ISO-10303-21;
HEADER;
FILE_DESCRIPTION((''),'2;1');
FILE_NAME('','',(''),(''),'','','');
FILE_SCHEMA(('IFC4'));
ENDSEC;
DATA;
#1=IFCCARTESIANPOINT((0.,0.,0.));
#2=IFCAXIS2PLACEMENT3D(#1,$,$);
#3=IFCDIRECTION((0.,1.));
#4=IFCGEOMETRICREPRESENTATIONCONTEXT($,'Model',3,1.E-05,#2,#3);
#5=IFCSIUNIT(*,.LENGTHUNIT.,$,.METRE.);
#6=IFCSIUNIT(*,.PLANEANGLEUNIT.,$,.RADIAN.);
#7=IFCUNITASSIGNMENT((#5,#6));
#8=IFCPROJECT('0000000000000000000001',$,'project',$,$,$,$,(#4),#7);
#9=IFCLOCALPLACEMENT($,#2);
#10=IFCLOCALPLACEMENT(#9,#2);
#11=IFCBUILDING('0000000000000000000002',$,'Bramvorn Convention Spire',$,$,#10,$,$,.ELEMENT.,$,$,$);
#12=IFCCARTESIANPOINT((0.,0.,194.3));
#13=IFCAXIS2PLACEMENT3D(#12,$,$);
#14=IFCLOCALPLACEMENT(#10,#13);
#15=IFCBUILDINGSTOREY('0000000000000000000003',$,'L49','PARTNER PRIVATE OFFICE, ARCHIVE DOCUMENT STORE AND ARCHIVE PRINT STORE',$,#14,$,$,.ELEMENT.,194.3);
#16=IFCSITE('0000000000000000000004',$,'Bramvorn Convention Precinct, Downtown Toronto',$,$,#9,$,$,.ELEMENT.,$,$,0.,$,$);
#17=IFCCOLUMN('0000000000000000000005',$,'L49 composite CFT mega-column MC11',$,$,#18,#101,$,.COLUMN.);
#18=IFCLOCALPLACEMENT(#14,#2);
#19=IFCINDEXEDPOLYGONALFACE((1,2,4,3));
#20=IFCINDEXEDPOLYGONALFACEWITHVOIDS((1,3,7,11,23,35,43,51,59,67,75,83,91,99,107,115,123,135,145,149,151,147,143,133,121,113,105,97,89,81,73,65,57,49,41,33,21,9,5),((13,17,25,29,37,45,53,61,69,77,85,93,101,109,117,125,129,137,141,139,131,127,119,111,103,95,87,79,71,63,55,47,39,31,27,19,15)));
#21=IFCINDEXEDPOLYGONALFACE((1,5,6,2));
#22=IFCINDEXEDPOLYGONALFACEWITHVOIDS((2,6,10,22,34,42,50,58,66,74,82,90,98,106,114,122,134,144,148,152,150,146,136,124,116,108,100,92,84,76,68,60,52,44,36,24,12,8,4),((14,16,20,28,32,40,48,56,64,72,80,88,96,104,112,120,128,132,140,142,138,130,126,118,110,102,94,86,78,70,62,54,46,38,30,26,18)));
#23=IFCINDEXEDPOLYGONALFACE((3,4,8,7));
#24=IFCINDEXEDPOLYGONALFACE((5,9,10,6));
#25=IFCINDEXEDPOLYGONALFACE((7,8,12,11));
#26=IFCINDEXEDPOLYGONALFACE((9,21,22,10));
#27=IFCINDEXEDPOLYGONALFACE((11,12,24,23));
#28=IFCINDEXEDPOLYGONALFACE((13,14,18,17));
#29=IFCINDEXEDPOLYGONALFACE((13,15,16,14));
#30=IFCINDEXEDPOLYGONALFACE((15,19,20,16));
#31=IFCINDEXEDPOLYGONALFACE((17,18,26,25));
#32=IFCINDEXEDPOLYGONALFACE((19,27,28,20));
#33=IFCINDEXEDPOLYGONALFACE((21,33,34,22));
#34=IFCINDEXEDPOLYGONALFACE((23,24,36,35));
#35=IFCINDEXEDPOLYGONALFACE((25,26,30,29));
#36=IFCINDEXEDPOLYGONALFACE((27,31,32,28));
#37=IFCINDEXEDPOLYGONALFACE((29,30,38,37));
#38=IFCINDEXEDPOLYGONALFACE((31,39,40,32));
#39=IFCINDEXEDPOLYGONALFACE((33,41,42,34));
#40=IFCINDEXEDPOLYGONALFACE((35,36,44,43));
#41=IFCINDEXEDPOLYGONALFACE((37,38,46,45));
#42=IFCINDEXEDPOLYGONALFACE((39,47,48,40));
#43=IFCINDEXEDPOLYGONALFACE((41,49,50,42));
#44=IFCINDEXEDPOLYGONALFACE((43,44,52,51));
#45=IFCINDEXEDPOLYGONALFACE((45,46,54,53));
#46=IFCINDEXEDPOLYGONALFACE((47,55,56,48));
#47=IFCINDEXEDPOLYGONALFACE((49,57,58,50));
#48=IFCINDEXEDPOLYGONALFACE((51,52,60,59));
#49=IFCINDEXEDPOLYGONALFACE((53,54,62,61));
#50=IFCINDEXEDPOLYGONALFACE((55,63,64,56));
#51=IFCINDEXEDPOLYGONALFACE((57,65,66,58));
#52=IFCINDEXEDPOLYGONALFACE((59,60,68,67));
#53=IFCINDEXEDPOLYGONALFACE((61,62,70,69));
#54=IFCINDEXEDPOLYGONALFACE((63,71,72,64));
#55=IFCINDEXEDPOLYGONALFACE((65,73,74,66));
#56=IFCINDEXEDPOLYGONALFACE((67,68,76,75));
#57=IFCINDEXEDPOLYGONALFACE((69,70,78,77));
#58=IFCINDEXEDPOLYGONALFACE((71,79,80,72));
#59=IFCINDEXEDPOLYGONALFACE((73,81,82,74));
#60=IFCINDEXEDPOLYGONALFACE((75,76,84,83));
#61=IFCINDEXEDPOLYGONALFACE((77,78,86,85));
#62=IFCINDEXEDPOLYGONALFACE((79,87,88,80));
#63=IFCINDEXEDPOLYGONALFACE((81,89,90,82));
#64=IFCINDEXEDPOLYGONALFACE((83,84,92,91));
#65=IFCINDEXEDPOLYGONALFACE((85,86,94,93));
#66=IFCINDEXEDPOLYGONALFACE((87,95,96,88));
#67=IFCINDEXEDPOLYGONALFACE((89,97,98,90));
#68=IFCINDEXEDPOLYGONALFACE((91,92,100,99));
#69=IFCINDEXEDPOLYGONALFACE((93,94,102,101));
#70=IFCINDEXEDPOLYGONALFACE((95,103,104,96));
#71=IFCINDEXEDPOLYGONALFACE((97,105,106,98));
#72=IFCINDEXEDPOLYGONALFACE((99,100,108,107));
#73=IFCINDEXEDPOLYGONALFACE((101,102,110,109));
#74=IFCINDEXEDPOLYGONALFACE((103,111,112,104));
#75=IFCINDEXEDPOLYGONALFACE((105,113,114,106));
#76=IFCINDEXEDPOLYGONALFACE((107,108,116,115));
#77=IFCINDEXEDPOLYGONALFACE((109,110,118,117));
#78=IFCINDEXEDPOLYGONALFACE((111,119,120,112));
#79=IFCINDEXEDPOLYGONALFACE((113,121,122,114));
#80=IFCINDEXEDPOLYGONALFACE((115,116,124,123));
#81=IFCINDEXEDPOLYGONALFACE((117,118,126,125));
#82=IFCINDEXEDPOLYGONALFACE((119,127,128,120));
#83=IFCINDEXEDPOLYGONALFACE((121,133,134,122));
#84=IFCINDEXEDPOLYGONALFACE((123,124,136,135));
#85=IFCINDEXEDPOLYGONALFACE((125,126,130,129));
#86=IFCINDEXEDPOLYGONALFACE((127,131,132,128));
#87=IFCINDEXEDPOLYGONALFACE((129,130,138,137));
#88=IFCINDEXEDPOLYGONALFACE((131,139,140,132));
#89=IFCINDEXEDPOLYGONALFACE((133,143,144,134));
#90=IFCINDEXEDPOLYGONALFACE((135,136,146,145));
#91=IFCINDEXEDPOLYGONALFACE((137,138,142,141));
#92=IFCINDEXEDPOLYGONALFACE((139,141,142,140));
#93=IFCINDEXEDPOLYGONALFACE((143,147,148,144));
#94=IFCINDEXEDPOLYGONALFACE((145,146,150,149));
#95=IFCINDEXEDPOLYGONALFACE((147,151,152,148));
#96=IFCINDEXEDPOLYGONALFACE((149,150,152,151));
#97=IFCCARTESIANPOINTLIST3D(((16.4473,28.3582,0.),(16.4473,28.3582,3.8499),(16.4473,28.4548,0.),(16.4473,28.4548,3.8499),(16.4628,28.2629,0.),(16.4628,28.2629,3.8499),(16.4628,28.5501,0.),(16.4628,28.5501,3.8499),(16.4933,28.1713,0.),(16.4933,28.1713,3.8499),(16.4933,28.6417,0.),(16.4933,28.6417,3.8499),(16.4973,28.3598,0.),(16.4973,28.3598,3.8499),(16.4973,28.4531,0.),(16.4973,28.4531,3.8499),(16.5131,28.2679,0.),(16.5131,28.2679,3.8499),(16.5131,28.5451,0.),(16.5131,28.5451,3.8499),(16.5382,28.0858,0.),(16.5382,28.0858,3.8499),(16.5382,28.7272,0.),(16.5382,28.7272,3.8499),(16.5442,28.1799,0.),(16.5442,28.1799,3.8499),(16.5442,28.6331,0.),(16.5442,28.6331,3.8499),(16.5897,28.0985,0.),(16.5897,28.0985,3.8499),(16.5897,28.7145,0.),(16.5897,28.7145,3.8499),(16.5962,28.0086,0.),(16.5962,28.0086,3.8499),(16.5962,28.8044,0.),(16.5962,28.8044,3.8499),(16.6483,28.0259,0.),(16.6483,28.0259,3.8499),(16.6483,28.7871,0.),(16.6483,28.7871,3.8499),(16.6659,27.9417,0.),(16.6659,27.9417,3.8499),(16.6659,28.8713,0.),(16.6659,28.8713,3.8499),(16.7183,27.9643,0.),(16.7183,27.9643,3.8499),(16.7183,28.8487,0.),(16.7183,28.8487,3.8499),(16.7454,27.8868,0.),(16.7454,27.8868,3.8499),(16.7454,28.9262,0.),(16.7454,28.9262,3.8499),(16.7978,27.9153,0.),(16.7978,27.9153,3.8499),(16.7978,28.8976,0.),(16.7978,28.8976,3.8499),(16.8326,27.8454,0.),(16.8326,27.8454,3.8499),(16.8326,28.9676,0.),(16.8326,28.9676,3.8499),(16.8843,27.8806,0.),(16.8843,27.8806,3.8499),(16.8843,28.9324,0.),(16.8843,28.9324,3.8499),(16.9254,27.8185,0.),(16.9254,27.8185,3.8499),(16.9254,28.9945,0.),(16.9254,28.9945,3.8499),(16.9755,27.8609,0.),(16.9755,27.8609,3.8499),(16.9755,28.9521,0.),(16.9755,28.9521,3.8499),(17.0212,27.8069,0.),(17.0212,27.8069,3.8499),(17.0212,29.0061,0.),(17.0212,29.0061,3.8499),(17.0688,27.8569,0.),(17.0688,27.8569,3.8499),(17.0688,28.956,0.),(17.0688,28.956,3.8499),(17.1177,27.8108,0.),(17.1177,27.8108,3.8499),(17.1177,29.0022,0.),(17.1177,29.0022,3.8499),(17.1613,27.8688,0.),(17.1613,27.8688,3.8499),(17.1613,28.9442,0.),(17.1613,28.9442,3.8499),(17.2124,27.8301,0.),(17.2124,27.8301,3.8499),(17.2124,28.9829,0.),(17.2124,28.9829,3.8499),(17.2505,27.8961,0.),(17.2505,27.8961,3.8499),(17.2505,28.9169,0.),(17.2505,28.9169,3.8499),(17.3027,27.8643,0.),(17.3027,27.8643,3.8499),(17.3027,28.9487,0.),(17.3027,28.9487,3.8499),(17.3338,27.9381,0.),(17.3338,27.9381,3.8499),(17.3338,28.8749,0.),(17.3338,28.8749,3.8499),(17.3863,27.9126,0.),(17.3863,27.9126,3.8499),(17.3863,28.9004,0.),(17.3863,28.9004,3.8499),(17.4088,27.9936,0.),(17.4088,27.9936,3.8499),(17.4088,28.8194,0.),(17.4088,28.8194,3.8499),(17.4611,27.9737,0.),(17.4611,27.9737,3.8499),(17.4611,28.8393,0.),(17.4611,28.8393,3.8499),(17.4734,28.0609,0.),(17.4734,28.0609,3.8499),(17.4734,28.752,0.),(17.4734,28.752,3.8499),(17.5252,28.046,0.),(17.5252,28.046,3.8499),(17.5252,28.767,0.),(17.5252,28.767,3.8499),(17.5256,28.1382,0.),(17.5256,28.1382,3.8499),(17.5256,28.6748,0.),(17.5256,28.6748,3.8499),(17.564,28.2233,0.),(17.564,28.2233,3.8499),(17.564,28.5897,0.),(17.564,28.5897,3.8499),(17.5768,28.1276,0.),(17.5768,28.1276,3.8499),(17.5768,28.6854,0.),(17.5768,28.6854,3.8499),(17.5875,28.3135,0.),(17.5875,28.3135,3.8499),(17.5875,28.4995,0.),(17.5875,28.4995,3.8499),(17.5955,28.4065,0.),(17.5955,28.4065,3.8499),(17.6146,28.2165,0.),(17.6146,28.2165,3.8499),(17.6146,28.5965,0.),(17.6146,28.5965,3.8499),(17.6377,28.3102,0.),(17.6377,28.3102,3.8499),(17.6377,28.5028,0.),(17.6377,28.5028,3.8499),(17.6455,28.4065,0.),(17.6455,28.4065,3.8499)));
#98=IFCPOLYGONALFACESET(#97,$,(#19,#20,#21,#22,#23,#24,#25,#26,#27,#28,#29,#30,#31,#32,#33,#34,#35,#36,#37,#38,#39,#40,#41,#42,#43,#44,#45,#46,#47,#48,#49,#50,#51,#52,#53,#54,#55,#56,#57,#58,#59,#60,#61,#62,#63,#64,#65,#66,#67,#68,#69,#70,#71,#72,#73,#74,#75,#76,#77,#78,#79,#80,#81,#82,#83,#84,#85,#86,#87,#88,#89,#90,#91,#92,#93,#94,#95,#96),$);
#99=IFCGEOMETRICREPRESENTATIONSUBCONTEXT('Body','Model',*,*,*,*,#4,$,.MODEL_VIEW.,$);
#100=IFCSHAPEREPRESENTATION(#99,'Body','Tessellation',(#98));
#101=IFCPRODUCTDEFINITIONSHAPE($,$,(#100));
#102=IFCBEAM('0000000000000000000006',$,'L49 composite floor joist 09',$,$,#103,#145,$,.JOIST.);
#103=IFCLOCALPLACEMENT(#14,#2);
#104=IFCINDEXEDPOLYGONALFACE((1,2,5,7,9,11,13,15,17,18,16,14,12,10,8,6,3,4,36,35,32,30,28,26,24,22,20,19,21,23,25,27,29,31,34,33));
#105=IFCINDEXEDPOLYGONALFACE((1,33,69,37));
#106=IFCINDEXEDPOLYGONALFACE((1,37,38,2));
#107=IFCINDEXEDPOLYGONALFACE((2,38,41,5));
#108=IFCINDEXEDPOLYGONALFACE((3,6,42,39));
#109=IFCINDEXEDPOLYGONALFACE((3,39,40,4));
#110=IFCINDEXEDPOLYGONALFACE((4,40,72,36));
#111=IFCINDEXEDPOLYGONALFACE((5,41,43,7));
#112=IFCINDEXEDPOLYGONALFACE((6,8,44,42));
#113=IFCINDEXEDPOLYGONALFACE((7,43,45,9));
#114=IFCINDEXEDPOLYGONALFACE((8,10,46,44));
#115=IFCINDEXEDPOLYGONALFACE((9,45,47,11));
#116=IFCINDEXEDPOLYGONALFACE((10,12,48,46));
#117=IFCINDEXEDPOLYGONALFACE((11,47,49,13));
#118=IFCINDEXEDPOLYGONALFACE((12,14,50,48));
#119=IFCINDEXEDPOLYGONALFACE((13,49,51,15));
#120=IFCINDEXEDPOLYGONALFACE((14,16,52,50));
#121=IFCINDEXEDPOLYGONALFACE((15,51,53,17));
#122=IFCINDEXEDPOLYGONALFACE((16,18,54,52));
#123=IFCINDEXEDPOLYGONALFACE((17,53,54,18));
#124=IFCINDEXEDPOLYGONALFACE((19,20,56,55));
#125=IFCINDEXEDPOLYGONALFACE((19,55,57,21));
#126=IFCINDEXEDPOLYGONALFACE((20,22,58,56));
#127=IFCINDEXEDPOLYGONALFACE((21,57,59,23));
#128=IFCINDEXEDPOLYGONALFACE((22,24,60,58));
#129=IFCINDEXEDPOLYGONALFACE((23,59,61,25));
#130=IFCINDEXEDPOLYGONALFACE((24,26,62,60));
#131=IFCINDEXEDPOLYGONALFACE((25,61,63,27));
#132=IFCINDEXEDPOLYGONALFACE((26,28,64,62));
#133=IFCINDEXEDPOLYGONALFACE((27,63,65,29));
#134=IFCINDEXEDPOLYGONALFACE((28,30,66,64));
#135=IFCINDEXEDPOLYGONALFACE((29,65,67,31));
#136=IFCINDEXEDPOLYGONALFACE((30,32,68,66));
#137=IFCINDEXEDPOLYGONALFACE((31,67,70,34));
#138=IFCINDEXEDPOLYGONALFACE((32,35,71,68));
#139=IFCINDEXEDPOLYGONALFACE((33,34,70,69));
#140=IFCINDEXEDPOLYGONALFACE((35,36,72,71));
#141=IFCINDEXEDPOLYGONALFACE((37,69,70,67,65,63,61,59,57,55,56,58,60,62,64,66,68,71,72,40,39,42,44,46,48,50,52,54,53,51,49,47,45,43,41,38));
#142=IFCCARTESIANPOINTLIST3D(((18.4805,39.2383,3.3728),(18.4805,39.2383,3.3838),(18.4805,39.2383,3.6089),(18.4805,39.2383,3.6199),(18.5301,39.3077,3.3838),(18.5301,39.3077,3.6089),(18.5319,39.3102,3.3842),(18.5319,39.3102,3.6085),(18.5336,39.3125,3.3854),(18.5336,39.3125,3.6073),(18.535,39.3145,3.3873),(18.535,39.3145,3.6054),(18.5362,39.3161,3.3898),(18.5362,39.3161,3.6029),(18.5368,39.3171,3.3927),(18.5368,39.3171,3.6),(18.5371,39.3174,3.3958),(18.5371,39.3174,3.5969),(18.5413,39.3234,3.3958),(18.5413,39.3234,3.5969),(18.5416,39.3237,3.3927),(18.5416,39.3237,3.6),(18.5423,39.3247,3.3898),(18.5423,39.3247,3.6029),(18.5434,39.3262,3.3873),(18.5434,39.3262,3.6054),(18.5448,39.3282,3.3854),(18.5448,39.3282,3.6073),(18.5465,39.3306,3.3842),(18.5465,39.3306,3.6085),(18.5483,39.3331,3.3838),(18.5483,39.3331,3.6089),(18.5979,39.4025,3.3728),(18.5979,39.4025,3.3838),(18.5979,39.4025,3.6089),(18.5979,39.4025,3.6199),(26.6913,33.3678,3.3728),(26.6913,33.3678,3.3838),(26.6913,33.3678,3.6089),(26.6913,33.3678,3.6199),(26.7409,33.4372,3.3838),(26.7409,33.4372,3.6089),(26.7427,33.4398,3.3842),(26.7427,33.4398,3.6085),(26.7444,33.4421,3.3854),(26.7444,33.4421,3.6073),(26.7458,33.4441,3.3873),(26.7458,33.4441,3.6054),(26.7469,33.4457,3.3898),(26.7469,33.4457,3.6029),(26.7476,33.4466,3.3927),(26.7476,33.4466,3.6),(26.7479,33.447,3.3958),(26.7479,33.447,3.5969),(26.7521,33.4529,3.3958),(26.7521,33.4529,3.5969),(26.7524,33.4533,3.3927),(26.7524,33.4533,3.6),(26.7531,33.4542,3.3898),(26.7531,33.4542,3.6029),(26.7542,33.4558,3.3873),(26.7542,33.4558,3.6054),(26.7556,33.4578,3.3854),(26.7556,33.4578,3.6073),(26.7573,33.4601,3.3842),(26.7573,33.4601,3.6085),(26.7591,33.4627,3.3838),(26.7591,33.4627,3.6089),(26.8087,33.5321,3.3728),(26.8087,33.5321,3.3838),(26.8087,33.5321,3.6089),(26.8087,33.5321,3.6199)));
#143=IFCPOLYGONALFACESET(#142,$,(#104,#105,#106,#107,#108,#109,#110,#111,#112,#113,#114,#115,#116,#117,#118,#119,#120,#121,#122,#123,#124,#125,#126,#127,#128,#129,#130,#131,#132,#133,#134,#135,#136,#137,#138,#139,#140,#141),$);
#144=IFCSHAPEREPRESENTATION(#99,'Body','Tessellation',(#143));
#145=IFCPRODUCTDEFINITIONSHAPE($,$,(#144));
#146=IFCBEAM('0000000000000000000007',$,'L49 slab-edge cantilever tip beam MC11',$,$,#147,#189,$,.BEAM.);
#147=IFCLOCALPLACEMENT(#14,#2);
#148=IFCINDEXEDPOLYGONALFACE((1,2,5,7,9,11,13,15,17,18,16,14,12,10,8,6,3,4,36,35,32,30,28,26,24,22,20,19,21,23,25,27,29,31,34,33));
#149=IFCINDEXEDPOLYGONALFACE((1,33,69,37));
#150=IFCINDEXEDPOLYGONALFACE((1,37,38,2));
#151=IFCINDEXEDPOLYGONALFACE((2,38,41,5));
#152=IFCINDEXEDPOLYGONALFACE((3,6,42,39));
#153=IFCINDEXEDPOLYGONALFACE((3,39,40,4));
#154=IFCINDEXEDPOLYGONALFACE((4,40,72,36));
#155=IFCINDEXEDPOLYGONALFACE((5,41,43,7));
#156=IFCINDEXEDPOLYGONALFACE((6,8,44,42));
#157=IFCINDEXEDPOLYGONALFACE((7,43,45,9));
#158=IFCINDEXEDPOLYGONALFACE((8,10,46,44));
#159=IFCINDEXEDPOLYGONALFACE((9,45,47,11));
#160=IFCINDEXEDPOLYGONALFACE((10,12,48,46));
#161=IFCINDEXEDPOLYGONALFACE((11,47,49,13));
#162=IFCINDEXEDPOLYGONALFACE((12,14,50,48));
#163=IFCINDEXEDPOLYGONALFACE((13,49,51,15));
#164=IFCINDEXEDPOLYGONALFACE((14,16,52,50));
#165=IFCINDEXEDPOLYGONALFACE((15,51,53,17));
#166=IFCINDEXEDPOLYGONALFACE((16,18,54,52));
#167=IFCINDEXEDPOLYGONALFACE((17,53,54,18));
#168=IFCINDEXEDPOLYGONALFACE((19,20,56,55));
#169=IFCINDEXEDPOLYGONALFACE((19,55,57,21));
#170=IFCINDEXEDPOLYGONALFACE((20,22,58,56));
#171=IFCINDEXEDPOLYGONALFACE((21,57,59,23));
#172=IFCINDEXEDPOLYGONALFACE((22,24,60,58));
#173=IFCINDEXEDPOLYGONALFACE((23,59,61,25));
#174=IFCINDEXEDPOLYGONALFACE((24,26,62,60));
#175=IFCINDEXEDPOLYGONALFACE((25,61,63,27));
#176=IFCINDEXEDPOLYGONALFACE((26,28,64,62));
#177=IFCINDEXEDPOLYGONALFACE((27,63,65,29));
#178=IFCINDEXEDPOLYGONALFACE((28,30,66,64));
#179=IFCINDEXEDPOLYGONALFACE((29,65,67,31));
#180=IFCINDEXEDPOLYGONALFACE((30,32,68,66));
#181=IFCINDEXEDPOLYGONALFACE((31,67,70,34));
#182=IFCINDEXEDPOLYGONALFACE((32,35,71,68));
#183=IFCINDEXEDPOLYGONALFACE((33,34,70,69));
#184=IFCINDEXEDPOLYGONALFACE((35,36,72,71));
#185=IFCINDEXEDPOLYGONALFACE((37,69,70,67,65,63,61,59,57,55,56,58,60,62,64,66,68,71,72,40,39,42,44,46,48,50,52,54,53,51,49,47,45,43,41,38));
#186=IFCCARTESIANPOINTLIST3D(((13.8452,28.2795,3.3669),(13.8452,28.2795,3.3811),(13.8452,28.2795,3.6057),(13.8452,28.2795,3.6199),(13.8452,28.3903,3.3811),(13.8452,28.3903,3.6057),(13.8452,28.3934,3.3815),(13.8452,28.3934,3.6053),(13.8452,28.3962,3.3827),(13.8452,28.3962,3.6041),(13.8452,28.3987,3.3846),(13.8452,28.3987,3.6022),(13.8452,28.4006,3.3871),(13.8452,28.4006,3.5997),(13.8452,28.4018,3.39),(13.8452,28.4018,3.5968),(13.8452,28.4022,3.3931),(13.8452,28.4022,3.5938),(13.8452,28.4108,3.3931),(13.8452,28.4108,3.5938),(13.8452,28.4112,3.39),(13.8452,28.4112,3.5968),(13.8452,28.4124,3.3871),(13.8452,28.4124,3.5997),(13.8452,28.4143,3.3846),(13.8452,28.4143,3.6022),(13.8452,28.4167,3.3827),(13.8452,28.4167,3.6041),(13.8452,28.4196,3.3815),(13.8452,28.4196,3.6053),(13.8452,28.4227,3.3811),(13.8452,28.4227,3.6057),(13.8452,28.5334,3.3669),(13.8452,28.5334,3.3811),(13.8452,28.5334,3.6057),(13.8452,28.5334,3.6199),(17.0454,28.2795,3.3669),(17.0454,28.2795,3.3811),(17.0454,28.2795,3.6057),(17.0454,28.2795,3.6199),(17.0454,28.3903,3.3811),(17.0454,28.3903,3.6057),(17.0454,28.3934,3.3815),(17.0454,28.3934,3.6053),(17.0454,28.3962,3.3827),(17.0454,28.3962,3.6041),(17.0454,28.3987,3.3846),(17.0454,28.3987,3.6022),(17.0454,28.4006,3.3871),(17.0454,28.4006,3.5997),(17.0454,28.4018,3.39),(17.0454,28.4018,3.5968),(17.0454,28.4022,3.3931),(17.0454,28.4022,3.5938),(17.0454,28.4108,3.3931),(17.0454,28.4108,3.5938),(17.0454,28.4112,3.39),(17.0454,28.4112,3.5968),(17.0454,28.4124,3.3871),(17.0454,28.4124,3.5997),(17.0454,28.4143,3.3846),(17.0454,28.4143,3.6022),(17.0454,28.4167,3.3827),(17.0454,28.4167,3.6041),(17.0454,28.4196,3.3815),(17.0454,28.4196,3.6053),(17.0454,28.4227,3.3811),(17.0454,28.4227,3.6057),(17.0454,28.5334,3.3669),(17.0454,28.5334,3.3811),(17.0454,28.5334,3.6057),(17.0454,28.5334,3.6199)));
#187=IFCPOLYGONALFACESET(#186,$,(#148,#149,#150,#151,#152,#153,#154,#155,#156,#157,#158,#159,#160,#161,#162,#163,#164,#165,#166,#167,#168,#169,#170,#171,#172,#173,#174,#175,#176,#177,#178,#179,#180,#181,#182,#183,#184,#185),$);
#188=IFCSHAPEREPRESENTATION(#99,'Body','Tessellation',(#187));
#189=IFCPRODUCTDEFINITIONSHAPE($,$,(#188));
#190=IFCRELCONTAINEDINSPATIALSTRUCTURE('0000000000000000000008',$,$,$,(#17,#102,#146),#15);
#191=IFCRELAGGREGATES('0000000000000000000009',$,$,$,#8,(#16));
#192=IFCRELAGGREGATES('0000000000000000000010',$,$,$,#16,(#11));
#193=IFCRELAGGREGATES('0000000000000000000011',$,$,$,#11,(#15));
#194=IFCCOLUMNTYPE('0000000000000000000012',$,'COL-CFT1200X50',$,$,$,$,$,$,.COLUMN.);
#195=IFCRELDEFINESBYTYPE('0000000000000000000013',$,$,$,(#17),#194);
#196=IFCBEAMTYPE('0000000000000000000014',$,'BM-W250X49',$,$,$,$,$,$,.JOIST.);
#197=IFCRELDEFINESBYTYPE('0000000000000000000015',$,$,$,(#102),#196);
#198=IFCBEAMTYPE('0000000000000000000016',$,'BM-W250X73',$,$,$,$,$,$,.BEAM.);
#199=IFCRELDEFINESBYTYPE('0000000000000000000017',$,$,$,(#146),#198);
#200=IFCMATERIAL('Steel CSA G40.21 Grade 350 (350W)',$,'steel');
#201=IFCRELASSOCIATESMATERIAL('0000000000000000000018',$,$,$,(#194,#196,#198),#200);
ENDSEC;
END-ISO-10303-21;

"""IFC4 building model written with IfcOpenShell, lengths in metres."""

from ifc_helpers import new_model, si_unit, direction, frame, origin, origin_2d, place, context, subcontext, project, spatial, hollow_circle, i_section, extrude, material, material_profile, profile_set, type_object, element, save


model = new_model("IFC4")

# Units and contexts
model_context = context("Model", 3, precision=1e-05, world=origin(), true_north=direction((0.0, 1.0)))
body_context = subcontext(model_context, "Body", "Model", "MODEL_VIEW")
ifc_project = project(units=[si_unit("LENGTHUNIT", "METRE"), si_unit("PLANEANGLEUNIT", "RADIAN")], contexts=[model_context])

# Site, building, storey
site_placement = place(None, origin())
site = spatial("IfcSite", under=ifc_project, at=site_placement, Name="Bramvorn Convention Precinct, Downtown Toronto", CompositionType="ELEMENT", RefElevation=0.0)
building_placement = place(site_placement, origin())
building = spatial("IfcBuilding", under=site, at=building_placement, Name="Bramvorn Convention Spire", CompositionType="ELEMENT")
storey_placement = place(building_placement, frame((0.0, 0.0, 194.3)))
storey = spatial("IfcBuildingStorey", under=building, at=storey_placement, Name="L49", Description="PARTNER PRIVATE OFFICE, ARCHIVE DOCUMENT STORE AND ARCHIVE PRINT STORE", CompositionType="ELEMENT", Elevation=194.3)

# Column
ifc_material_1 = material(Name="Steel CSA G40.21 Grade 350 (350W)", Category="steel")
ifc_material_profile_1 = material_profile(ifc_material_1, hollow_circle(Radius=0.6001, WallThickness=0.05, at=origin_2d()))
ifc_profile_set_1 = profile_set([ifc_material_profile_1], Name="Steel CSA G40.21 Grade 350 (350W) - CFT1200X50")
column_type = type_object("IfcColumnType", Name="COL-CFT1200X50", PredefinedType="COLUMN", material=ifc_profile_set_1)
column_placement = place(storey_placement, frame((17.0454, 28.4065, 0.0), z_axis=(0.0, 0.0, 1.0), x_axis=(1.0, 0.0, 0.0)))
element("IfcColumn", 1, at=column_placement, inside=storey, type_object=column_type, Name="L49 composite CFT mega-column MC11", PredefinedType="COLUMN", context=body_context, shape_type="SweptSolid", body=[
    extrude(hollow_circle(Radius=0.6001, WallThickness=0.05, at=origin_2d()), origin(), (0.0, 0.0, 1.0), 3.8499),
])

# Beams
ifc_material_profile_2 = material_profile(ifc_material_1, i_section(OverallWidth=0.2019, OverallDepth=0.2471, WebThickness=0.0073, FlangeThickness=0.011, FilletRadius=0.012, at=origin_2d()))
ifc_profile_set_2 = profile_set([ifc_material_profile_2], Name="Steel CSA G40.21 Grade 350 (350W) - W250X49")
beam_type_1 = type_object("IfcBeamType", Name="BM-W250X49", PredefinedType="JOIST", material=ifc_profile_set_2)
beam_1_placement = place(storey_placement, frame((26.75, 33.45, 3.4963), z_axis=(-0.813472, 0.581604, 0.0), x_axis=(-0.581604, -0.813472, 0.0)))
element("IfcBeam", 2, at=beam_1_placement, inside=storey, type_object=beam_type_1, Name="L49 composite floor joist 09", PredefinedType="JOIST", context=body_context, shape_type="SweptSolid", body=[
    extrude(i_section(OverallWidth=0.2019, OverallDepth=0.2471, WebThickness=0.0073, FlangeThickness=0.011, FilletRadius=0.012, at=origin_2d()), origin(), (0.0, 0.0, 1.0), 10.0935),
])
ifc_material_profile_3 = material_profile(ifc_material_1, i_section(OverallWidth=0.2539, OverallDepth=0.2529, WebThickness=0.0085, FlangeThickness=0.0142, FilletRadius=0.012, at=origin_2d()))
ifc_profile_set_3 = profile_set([ifc_material_profile_3], Name="Steel CSA G40.21 Grade 350 (350W) - W250X73")
beam_type_2 = type_object("IfcBeamType", Name="BM-W250X73", PredefinedType="BEAM", material=ifc_profile_set_3)
beam_2_placement = place(storey_placement, frame((17.0454, 28.4065, 3.4934), z_axis=(-1.0, 0.0, 0.0), x_axis=(0.0, -1.0, 0.0)))
element("IfcBeam", 3, at=beam_2_placement, inside=storey, type_object=beam_type_2, Name="L49 slab-edge cantilever tip beam MC11", PredefinedType="BEAM", context=body_context, shape_type="SweptSolid", body=[
    extrude(i_section(OverallWidth=0.2539, OverallDepth=0.2529, WebThickness=0.0085, FlangeThickness=0.0142, FilletRadius=0.012, at=origin_2d()), origin(), (0.0, 0.0, 1.0), 3.2002),
])

save(model, "model.ifc")
